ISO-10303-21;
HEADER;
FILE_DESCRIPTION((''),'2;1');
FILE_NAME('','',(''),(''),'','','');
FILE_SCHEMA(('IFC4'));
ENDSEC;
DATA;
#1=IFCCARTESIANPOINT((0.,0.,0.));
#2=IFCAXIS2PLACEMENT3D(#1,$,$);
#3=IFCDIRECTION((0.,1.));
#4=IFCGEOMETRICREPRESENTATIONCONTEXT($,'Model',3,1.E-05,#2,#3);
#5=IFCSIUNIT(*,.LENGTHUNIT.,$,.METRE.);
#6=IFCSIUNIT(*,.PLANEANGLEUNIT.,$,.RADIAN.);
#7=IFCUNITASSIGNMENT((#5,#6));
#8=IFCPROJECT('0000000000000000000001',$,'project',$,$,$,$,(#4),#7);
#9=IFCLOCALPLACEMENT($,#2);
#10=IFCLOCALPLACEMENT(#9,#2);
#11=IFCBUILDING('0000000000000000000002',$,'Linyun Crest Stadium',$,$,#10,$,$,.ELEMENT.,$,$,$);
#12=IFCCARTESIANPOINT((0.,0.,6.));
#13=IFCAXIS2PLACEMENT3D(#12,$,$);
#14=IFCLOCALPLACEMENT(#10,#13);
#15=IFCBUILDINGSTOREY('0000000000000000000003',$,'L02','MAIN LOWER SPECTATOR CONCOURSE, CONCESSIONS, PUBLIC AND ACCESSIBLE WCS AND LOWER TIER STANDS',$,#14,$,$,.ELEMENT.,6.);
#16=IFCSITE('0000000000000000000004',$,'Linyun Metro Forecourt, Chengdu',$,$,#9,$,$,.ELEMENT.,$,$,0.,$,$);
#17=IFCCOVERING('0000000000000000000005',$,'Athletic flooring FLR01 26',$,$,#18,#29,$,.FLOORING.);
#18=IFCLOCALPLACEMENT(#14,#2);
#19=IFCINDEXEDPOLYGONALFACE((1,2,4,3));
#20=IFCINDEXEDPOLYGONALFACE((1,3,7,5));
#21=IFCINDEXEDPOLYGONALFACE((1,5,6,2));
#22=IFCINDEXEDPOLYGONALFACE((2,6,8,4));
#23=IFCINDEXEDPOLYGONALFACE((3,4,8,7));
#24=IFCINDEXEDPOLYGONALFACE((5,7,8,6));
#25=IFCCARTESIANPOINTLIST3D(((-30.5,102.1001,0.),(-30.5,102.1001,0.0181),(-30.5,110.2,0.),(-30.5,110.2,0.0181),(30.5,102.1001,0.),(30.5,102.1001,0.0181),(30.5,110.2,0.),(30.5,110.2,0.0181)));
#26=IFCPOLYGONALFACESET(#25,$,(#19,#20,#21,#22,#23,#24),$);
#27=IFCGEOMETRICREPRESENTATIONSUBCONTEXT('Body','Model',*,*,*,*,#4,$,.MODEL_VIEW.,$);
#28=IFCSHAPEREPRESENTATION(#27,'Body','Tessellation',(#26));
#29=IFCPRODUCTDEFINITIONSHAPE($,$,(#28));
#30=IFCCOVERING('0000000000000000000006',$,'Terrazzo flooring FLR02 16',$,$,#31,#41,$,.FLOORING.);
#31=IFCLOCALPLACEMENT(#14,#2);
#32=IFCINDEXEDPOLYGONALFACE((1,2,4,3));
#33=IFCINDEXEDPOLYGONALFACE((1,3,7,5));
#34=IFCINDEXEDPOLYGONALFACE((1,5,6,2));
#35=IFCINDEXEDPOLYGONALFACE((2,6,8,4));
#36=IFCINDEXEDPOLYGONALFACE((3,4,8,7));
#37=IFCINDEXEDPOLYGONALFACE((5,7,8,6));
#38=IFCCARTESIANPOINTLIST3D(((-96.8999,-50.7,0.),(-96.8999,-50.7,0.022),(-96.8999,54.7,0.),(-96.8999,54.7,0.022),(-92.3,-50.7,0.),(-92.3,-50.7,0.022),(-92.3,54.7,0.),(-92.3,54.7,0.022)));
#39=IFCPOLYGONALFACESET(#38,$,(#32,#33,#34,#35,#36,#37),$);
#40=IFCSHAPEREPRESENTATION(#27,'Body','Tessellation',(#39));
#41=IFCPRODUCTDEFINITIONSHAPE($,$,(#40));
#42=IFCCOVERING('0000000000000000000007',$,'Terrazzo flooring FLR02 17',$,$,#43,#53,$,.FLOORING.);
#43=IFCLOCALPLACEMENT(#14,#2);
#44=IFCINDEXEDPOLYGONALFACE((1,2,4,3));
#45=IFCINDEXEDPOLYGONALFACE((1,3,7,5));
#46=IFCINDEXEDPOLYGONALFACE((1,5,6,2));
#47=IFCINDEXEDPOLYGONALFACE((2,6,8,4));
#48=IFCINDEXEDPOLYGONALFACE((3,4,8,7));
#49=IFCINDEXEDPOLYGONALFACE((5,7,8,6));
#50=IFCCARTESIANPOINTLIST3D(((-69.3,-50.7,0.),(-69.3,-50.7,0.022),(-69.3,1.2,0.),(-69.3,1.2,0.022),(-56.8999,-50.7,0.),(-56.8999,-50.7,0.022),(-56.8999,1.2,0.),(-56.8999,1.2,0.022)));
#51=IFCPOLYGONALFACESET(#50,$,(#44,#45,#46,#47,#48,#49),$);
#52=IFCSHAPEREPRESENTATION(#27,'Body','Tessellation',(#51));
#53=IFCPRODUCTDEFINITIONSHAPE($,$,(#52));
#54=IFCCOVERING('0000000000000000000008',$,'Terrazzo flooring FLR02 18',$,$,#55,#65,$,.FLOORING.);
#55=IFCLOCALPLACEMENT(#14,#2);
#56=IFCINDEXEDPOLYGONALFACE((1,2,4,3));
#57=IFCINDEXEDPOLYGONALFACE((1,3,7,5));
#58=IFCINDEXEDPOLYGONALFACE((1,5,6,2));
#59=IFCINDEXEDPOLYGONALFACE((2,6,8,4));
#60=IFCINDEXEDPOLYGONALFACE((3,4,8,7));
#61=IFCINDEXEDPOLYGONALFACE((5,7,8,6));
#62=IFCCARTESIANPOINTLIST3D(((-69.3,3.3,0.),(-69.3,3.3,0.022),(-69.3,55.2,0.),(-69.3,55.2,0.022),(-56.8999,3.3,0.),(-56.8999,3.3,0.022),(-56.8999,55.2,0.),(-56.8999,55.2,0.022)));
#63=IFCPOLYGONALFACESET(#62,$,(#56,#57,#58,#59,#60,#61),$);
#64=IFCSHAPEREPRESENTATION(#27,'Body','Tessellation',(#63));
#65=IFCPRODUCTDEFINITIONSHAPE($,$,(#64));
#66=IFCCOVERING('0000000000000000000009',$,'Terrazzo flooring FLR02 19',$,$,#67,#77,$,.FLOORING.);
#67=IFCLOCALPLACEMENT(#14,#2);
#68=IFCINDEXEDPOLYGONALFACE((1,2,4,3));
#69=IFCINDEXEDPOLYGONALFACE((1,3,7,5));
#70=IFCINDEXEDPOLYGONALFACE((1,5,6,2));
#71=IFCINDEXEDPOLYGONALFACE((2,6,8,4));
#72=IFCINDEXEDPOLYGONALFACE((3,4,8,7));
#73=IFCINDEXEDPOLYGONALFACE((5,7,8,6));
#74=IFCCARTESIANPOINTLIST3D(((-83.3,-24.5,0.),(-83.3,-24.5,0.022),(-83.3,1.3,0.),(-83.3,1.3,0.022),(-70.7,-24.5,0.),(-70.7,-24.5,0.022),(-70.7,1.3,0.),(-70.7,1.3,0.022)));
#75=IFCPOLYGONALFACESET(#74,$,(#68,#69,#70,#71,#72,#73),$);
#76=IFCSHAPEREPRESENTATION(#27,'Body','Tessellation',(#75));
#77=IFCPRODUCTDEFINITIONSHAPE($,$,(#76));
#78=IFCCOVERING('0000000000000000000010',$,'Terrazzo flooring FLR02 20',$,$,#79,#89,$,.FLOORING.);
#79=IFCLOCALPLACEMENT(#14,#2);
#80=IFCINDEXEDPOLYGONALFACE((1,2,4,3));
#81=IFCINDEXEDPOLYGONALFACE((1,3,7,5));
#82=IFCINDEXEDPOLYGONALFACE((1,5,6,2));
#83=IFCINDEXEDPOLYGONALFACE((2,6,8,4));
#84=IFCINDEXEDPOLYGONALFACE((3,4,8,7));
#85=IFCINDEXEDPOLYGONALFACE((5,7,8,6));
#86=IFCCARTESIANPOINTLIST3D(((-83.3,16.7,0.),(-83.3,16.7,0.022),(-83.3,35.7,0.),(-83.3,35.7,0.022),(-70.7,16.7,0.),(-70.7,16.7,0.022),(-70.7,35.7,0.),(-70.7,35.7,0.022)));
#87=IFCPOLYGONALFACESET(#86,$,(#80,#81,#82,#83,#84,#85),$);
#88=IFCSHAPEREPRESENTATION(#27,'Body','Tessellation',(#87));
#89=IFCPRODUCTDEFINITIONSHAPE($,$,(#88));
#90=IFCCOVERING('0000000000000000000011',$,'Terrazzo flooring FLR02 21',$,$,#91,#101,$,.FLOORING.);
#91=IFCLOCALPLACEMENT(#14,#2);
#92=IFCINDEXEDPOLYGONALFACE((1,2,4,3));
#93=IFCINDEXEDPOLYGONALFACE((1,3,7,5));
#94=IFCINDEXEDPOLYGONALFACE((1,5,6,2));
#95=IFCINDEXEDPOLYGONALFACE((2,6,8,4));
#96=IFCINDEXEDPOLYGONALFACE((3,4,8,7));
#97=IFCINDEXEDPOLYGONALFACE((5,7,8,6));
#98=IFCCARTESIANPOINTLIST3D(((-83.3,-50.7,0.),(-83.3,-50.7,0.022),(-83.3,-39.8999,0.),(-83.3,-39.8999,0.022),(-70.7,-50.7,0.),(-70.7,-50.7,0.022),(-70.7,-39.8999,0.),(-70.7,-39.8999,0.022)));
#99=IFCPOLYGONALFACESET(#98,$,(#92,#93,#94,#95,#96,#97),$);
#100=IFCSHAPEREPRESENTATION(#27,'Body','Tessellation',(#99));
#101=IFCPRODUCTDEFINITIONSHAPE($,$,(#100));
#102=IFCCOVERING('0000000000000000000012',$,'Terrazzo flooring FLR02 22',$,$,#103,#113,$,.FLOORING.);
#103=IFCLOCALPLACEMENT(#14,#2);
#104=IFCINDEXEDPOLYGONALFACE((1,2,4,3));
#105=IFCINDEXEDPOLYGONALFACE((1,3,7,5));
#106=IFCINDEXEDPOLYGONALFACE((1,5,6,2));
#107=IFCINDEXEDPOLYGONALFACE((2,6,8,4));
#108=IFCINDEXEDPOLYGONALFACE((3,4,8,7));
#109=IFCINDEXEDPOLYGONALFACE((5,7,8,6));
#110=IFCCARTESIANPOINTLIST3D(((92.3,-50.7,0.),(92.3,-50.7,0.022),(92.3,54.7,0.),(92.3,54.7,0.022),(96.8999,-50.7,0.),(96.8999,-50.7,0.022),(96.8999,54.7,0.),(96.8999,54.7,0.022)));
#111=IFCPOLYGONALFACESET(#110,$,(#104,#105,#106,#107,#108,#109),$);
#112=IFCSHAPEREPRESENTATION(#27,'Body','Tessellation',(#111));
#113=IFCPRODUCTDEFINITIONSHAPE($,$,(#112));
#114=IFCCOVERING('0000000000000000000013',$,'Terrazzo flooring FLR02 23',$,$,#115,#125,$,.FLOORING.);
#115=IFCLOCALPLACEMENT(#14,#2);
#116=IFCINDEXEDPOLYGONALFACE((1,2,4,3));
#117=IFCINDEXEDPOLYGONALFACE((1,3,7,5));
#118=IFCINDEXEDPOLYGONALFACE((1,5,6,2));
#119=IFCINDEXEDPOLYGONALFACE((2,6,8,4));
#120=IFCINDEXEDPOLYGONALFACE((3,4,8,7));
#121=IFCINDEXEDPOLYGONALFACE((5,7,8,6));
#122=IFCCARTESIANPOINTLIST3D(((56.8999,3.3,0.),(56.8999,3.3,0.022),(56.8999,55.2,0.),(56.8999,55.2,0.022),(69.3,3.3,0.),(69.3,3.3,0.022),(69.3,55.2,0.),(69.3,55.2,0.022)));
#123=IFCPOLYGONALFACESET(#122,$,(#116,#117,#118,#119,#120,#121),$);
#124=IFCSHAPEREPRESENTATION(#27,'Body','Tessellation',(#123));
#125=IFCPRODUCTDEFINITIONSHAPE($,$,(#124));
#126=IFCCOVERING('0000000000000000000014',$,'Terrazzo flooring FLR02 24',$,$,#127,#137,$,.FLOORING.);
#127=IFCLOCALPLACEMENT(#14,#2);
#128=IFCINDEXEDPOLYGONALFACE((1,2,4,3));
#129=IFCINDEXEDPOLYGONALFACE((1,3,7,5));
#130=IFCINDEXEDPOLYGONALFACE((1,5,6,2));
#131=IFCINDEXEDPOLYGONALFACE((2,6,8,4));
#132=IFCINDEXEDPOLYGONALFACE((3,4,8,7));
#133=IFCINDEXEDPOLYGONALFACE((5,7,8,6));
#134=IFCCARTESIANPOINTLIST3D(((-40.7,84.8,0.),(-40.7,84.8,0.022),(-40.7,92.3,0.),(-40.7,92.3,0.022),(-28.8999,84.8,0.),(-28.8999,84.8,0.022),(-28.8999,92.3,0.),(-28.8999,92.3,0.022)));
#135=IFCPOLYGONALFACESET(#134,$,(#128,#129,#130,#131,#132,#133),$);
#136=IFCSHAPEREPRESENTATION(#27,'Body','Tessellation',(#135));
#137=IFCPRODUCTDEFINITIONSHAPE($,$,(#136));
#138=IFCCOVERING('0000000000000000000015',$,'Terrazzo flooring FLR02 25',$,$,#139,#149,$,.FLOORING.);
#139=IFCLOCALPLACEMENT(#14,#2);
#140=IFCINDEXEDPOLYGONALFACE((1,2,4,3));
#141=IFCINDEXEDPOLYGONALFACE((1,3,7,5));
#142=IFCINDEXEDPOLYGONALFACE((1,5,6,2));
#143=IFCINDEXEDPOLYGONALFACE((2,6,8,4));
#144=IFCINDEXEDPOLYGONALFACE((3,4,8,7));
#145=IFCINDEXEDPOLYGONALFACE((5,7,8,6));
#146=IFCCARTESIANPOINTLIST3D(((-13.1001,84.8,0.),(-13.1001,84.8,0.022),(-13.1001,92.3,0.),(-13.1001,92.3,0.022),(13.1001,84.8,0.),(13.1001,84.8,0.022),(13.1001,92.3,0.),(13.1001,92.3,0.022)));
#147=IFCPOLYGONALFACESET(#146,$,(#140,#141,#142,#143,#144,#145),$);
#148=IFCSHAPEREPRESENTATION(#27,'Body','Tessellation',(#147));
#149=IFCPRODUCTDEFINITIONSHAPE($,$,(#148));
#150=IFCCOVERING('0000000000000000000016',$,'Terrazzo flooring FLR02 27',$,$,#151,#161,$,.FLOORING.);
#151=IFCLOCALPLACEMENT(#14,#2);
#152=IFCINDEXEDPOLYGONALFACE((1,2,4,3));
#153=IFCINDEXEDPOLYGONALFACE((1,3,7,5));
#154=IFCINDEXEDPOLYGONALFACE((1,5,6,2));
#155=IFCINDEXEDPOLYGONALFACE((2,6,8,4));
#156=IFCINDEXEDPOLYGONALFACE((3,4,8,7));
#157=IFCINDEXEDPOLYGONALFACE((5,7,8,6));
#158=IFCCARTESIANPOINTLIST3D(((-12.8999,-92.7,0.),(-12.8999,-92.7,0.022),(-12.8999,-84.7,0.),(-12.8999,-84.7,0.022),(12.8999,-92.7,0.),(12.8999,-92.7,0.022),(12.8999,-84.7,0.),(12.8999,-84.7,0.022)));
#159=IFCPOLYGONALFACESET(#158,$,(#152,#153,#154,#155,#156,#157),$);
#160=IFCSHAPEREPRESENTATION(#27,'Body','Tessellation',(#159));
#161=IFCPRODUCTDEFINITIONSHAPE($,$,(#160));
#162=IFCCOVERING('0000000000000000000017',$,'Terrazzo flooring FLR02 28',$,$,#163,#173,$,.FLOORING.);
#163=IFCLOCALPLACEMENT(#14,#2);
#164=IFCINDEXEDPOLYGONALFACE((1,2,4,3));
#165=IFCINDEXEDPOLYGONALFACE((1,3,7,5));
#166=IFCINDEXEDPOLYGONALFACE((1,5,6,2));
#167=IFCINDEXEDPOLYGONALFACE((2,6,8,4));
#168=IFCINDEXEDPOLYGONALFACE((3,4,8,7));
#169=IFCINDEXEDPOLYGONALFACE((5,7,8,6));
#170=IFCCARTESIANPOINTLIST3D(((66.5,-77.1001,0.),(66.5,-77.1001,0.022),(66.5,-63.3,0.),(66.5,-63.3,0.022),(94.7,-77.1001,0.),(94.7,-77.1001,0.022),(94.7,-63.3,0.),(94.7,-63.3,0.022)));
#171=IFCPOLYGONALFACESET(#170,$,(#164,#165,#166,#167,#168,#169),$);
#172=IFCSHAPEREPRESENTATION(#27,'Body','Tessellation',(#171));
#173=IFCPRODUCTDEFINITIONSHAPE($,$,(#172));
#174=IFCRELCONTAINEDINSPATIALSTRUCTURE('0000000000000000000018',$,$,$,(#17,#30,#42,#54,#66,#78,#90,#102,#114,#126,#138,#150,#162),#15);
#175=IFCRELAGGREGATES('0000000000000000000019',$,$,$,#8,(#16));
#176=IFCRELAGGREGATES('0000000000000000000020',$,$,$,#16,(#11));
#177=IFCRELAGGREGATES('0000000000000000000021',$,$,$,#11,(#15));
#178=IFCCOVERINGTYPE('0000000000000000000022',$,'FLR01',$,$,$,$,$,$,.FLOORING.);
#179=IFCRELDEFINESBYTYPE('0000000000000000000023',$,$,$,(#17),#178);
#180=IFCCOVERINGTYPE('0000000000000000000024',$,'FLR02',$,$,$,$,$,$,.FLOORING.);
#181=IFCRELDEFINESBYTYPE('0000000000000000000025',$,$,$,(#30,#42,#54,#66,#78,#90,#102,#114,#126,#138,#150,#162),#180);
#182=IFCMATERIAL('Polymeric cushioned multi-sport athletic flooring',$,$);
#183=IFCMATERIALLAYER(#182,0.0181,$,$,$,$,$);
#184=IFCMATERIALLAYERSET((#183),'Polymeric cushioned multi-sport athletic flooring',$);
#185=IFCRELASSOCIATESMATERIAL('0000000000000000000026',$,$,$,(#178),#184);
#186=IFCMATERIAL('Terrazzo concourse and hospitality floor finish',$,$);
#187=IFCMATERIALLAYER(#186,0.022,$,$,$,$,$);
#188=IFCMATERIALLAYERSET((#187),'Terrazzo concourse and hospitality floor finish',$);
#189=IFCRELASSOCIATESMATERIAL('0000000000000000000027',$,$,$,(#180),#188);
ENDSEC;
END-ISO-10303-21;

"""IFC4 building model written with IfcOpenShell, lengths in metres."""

from ifc_helpers import new_model, si_unit, direction, frame, origin, place, context, subcontext, project, spatial, polyline, outline, extrude, material, layer, layer_set, type_object, element, save


model = new_model("IFC4")

# Units and contexts
model_context = context("Model", 3, precision=1e-05, world=origin(), true_north=direction((0.0, 1.0)))
body_context = subcontext(model_context, "Body", "Model", "MODEL_VIEW")
ifc_project = project(units=[si_unit("LENGTHUNIT", "METRE"), si_unit("PLANEANGLEUNIT", "RADIAN")], contexts=[model_context])

# Site, building, storey
site_placement = place(None, origin())
site = spatial("IfcSite", under=ifc_project, at=site_placement, Name="Linyun Metro Forecourt, Chengdu", CompositionType="ELEMENT", RefElevation=0.0)
building_placement = place(site_placement, origin())
building = spatial("IfcBuilding", under=site, at=building_placement, Name="Linyun Crest Stadium", CompositionType="ELEMENT")
storey_placement = place(building_placement, frame((0.0, 0.0, 6.0)))
storey = spatial("IfcBuildingStorey", under=building, at=storey_placement, Name="L02", Description="MAIN LOWER SPECTATOR CONCOURSE, CONCESSIONS, PUBLIC AND ACCESSIBLE WCS AND LOWER TIER STANDS", CompositionType="ELEMENT", Elevation=6.0)

# Coverings
ifc_material_1 = material(Name="Polymeric cushioned multi-sport athletic flooring")
ifc_layer_1 = layer(ifc_material_1, 0.0181)
ifc_layer_set_1 = layer_set([ifc_layer_1], Name="Polymeric cushioned multi-sport athletic flooring")
covering_type_1 = type_object("IfcCoveringType", Name="FLR01", PredefinedType="FLOORING", material=ifc_layer_set_1)
covering_1_placement = place(storey_placement, origin())
element("IfcCovering", 1, at=covering_1_placement, inside=storey, type_object=covering_type_1, Name="Athletic flooring FLR01 26", PredefinedType="FLOORING", context=body_context, shape_type="SweptSolid", body=[
    extrude(outline(polyline([(-30.5, 102.1001), (30.5, 102.1001), (30.5, 110.2), (-30.5, 110.2), (-30.5, 102.1001)])), origin(), (0.0, 0.0, 1.0), 0.0181),
])
ifc_material_2 = material(Name="Terrazzo concourse and hospitality floor finish")
ifc_layer_2 = layer(ifc_material_2, 0.022)
ifc_layer_set_2 = layer_set([ifc_layer_2], Name="Terrazzo concourse and hospitality floor finish")
covering_type_2 = type_object("IfcCoveringType", Name="FLR02", PredefinedType="FLOORING", material=ifc_layer_set_2)
covering_2_placement = place(storey_placement, origin())
element("IfcCovering", 2, at=covering_2_placement, inside=storey, type_object=covering_type_2, Name="Terrazzo flooring FLR02 16", PredefinedType="FLOORING", context=body_context, shape_type="SweptSolid", body=[
    extrude(outline(polyline([(-96.8999, -50.7), (-92.3, -50.7), (-92.3, 54.7), (-96.8999, 54.7), (-96.8999, -50.7)])), origin(), (0.0, 0.0, 1.0), 0.022),
])
covering_3_placement = place(storey_placement, origin())
element("IfcCovering", 3, at=covering_3_placement, inside=storey, type_object=covering_type_2, Name="Terrazzo flooring FLR02 17", PredefinedType="FLOORING", context=body_context, shape_type="SweptSolid", body=[
    extrude(outline(polyline([(-69.3, -50.7), (-56.8999, -50.7), (-56.8999, 1.2), (-69.3, 1.2), (-69.3, -50.7)])), origin(), (0.0, 0.0, 1.0), 0.022),
])
covering_4_placement = place(storey_placement, origin())
element("IfcCovering", 4, at=covering_4_placement, inside=storey, type_object=covering_type_2, Name="Terrazzo flooring FLR02 18", PredefinedType="FLOORING", context=body_context, shape_type="SweptSolid", body=[
    extrude(outline(polyline([(-69.3, 3.3), (-56.8999, 3.3), (-56.8999, 55.2), (-69.3, 55.2), (-69.3, 3.3)])), origin(), (0.0, 0.0, 1.0), 0.022),
])
covering_5_placement = place(storey_placement, origin())
element("IfcCovering", 5, at=covering_5_placement, inside=storey, type_object=covering_type_2, Name="Terrazzo flooring FLR02 19", PredefinedType="FLOORING", context=body_context, shape_type="SweptSolid", body=[
    extrude(outline(polyline([(-83.3, -24.5), (-70.7, -24.5), (-70.7, 1.3), (-83.3, 1.3), (-83.3, -24.5)])), origin(), (0.0, 0.0, 1.0), 0.022),
])
covering_6_placement = place(storey_placement, origin())
element("IfcCovering", 6, at=covering_6_placement, inside=storey, type_object=covering_type_2, Name="Terrazzo flooring FLR02 20", PredefinedType="FLOORING", context=body_context, shape_type="SweptSolid", body=[
    extrude(outline(polyline([(-83.3, 16.7), (-70.7, 16.7), (-70.7, 35.7), (-83.3, 35.7), (-83.3, 16.7)])), origin(), (0.0, 0.0, 1.0), 0.022),
])
covering_7_placement = place(storey_placement, origin())
element("IfcCovering", 7, at=covering_7_placement, inside=storey, type_object=covering_type_2, Name="Terrazzo flooring FLR02 21", PredefinedType="FLOORING", context=body_context, shape_type="SweptSolid", body=[
    extrude(outline(polyline([(-83.3, -50.7), (-70.7, -50.7), (-70.7, -39.8999), (-83.3, -39.8999), (-83.3, -50.7)])), origin(), (0.0, 0.0, 1.0), 0.022),
])
covering_8_placement = place(storey_placement, origin())
element("IfcCovering", 8, at=covering_8_placement, inside=storey, type_object=covering_type_2, Name="Terrazzo flooring FLR02 22", PredefinedType="FLOORING", context=body_context, shape_type="SweptSolid", body=[
    extrude(outline(polyline([(92.3, -50.7), (96.8999, -50.7), (96.8999, 54.7), (92.3, 54.7), (92.3, -50.7)])), origin(), (0.0, 0.0, 1.0), 0.022),
])
covering_9_placement = place(storey_placement, origin())
element("IfcCovering", 9, at=covering_9_placement, inside=storey, type_object=covering_type_2, Name="Terrazzo flooring FLR02 23", PredefinedType="FLOORING", context=body_context, shape_type="SweptSolid", body=[
    extrude(outline(polyline([(56.8999, 3.3), (69.3, 3.3), (69.3, 55.2), (56.8999, 55.2), (56.8999, 3.3)])), origin(), (0.0, 0.0, 1.0), 0.022),
])
covering_10_placement = place(storey_placement, origin())
element("IfcCovering", 10, at=covering_10_placement, inside=storey, type_object=covering_type_2, Name="Terrazzo flooring FLR02 24", PredefinedType="FLOORING", context=body_context, shape_type="SweptSolid", body=[
    extrude(outline(polyline([(-40.7, 84.8), (-28.8999, 84.8), (-28.8999, 92.3), (-40.7, 92.3), (-40.7, 84.8)])), origin(), (0.0, 0.0, 1.0), 0.022),
])
covering_11_placement = place(storey_placement, origin())
element("IfcCovering", 11, at=covering_11_placement, inside=storey, type_object=covering_type_2, Name="Terrazzo flooring FLR02 25", PredefinedType="FLOORING", context=body_context, shape_type="SweptSolid", body=[
    extrude(outline(polyline([(-13.1001, 84.8), (13.1001, 84.8), (13.1001, 92.3), (-13.1001, 92.3), (-13.1001, 84.8)])), origin(), (0.0, 0.0, 1.0), 0.022),
])
covering_12_placement = place(storey_placement, origin())
element("IfcCovering", 12, at=covering_12_placement, inside=storey, type_object=covering_type_2, Name="Terrazzo flooring FLR02 27", PredefinedType="FLOORING", context=body_context, shape_type="SweptSolid", body=[
    extrude(outline(polyline([(-12.8999, -92.7), (12.8999, -92.7), (12.8999, -84.7), (-12.8999, -84.7), (-12.8999, -92.7)])), origin(), (0.0, 0.0, 1.0), 0.022),
])
covering_13_placement = place(storey_placement, origin())
element("IfcCovering", 13, at=covering_13_placement, inside=storey, type_object=covering_type_2, Name="Terrazzo flooring FLR02 28", PredefinedType="FLOORING", context=body_context, shape_type="SweptSolid", body=[
    extrude(outline(polyline([(66.5, -77.1001), (94.7, -77.1001), (94.7, -63.3), (66.5, -63.3), (66.5, -77.1001)])), origin(), (0.0, 0.0, 1.0), 0.022),
])

save(model, "model.ifc")
